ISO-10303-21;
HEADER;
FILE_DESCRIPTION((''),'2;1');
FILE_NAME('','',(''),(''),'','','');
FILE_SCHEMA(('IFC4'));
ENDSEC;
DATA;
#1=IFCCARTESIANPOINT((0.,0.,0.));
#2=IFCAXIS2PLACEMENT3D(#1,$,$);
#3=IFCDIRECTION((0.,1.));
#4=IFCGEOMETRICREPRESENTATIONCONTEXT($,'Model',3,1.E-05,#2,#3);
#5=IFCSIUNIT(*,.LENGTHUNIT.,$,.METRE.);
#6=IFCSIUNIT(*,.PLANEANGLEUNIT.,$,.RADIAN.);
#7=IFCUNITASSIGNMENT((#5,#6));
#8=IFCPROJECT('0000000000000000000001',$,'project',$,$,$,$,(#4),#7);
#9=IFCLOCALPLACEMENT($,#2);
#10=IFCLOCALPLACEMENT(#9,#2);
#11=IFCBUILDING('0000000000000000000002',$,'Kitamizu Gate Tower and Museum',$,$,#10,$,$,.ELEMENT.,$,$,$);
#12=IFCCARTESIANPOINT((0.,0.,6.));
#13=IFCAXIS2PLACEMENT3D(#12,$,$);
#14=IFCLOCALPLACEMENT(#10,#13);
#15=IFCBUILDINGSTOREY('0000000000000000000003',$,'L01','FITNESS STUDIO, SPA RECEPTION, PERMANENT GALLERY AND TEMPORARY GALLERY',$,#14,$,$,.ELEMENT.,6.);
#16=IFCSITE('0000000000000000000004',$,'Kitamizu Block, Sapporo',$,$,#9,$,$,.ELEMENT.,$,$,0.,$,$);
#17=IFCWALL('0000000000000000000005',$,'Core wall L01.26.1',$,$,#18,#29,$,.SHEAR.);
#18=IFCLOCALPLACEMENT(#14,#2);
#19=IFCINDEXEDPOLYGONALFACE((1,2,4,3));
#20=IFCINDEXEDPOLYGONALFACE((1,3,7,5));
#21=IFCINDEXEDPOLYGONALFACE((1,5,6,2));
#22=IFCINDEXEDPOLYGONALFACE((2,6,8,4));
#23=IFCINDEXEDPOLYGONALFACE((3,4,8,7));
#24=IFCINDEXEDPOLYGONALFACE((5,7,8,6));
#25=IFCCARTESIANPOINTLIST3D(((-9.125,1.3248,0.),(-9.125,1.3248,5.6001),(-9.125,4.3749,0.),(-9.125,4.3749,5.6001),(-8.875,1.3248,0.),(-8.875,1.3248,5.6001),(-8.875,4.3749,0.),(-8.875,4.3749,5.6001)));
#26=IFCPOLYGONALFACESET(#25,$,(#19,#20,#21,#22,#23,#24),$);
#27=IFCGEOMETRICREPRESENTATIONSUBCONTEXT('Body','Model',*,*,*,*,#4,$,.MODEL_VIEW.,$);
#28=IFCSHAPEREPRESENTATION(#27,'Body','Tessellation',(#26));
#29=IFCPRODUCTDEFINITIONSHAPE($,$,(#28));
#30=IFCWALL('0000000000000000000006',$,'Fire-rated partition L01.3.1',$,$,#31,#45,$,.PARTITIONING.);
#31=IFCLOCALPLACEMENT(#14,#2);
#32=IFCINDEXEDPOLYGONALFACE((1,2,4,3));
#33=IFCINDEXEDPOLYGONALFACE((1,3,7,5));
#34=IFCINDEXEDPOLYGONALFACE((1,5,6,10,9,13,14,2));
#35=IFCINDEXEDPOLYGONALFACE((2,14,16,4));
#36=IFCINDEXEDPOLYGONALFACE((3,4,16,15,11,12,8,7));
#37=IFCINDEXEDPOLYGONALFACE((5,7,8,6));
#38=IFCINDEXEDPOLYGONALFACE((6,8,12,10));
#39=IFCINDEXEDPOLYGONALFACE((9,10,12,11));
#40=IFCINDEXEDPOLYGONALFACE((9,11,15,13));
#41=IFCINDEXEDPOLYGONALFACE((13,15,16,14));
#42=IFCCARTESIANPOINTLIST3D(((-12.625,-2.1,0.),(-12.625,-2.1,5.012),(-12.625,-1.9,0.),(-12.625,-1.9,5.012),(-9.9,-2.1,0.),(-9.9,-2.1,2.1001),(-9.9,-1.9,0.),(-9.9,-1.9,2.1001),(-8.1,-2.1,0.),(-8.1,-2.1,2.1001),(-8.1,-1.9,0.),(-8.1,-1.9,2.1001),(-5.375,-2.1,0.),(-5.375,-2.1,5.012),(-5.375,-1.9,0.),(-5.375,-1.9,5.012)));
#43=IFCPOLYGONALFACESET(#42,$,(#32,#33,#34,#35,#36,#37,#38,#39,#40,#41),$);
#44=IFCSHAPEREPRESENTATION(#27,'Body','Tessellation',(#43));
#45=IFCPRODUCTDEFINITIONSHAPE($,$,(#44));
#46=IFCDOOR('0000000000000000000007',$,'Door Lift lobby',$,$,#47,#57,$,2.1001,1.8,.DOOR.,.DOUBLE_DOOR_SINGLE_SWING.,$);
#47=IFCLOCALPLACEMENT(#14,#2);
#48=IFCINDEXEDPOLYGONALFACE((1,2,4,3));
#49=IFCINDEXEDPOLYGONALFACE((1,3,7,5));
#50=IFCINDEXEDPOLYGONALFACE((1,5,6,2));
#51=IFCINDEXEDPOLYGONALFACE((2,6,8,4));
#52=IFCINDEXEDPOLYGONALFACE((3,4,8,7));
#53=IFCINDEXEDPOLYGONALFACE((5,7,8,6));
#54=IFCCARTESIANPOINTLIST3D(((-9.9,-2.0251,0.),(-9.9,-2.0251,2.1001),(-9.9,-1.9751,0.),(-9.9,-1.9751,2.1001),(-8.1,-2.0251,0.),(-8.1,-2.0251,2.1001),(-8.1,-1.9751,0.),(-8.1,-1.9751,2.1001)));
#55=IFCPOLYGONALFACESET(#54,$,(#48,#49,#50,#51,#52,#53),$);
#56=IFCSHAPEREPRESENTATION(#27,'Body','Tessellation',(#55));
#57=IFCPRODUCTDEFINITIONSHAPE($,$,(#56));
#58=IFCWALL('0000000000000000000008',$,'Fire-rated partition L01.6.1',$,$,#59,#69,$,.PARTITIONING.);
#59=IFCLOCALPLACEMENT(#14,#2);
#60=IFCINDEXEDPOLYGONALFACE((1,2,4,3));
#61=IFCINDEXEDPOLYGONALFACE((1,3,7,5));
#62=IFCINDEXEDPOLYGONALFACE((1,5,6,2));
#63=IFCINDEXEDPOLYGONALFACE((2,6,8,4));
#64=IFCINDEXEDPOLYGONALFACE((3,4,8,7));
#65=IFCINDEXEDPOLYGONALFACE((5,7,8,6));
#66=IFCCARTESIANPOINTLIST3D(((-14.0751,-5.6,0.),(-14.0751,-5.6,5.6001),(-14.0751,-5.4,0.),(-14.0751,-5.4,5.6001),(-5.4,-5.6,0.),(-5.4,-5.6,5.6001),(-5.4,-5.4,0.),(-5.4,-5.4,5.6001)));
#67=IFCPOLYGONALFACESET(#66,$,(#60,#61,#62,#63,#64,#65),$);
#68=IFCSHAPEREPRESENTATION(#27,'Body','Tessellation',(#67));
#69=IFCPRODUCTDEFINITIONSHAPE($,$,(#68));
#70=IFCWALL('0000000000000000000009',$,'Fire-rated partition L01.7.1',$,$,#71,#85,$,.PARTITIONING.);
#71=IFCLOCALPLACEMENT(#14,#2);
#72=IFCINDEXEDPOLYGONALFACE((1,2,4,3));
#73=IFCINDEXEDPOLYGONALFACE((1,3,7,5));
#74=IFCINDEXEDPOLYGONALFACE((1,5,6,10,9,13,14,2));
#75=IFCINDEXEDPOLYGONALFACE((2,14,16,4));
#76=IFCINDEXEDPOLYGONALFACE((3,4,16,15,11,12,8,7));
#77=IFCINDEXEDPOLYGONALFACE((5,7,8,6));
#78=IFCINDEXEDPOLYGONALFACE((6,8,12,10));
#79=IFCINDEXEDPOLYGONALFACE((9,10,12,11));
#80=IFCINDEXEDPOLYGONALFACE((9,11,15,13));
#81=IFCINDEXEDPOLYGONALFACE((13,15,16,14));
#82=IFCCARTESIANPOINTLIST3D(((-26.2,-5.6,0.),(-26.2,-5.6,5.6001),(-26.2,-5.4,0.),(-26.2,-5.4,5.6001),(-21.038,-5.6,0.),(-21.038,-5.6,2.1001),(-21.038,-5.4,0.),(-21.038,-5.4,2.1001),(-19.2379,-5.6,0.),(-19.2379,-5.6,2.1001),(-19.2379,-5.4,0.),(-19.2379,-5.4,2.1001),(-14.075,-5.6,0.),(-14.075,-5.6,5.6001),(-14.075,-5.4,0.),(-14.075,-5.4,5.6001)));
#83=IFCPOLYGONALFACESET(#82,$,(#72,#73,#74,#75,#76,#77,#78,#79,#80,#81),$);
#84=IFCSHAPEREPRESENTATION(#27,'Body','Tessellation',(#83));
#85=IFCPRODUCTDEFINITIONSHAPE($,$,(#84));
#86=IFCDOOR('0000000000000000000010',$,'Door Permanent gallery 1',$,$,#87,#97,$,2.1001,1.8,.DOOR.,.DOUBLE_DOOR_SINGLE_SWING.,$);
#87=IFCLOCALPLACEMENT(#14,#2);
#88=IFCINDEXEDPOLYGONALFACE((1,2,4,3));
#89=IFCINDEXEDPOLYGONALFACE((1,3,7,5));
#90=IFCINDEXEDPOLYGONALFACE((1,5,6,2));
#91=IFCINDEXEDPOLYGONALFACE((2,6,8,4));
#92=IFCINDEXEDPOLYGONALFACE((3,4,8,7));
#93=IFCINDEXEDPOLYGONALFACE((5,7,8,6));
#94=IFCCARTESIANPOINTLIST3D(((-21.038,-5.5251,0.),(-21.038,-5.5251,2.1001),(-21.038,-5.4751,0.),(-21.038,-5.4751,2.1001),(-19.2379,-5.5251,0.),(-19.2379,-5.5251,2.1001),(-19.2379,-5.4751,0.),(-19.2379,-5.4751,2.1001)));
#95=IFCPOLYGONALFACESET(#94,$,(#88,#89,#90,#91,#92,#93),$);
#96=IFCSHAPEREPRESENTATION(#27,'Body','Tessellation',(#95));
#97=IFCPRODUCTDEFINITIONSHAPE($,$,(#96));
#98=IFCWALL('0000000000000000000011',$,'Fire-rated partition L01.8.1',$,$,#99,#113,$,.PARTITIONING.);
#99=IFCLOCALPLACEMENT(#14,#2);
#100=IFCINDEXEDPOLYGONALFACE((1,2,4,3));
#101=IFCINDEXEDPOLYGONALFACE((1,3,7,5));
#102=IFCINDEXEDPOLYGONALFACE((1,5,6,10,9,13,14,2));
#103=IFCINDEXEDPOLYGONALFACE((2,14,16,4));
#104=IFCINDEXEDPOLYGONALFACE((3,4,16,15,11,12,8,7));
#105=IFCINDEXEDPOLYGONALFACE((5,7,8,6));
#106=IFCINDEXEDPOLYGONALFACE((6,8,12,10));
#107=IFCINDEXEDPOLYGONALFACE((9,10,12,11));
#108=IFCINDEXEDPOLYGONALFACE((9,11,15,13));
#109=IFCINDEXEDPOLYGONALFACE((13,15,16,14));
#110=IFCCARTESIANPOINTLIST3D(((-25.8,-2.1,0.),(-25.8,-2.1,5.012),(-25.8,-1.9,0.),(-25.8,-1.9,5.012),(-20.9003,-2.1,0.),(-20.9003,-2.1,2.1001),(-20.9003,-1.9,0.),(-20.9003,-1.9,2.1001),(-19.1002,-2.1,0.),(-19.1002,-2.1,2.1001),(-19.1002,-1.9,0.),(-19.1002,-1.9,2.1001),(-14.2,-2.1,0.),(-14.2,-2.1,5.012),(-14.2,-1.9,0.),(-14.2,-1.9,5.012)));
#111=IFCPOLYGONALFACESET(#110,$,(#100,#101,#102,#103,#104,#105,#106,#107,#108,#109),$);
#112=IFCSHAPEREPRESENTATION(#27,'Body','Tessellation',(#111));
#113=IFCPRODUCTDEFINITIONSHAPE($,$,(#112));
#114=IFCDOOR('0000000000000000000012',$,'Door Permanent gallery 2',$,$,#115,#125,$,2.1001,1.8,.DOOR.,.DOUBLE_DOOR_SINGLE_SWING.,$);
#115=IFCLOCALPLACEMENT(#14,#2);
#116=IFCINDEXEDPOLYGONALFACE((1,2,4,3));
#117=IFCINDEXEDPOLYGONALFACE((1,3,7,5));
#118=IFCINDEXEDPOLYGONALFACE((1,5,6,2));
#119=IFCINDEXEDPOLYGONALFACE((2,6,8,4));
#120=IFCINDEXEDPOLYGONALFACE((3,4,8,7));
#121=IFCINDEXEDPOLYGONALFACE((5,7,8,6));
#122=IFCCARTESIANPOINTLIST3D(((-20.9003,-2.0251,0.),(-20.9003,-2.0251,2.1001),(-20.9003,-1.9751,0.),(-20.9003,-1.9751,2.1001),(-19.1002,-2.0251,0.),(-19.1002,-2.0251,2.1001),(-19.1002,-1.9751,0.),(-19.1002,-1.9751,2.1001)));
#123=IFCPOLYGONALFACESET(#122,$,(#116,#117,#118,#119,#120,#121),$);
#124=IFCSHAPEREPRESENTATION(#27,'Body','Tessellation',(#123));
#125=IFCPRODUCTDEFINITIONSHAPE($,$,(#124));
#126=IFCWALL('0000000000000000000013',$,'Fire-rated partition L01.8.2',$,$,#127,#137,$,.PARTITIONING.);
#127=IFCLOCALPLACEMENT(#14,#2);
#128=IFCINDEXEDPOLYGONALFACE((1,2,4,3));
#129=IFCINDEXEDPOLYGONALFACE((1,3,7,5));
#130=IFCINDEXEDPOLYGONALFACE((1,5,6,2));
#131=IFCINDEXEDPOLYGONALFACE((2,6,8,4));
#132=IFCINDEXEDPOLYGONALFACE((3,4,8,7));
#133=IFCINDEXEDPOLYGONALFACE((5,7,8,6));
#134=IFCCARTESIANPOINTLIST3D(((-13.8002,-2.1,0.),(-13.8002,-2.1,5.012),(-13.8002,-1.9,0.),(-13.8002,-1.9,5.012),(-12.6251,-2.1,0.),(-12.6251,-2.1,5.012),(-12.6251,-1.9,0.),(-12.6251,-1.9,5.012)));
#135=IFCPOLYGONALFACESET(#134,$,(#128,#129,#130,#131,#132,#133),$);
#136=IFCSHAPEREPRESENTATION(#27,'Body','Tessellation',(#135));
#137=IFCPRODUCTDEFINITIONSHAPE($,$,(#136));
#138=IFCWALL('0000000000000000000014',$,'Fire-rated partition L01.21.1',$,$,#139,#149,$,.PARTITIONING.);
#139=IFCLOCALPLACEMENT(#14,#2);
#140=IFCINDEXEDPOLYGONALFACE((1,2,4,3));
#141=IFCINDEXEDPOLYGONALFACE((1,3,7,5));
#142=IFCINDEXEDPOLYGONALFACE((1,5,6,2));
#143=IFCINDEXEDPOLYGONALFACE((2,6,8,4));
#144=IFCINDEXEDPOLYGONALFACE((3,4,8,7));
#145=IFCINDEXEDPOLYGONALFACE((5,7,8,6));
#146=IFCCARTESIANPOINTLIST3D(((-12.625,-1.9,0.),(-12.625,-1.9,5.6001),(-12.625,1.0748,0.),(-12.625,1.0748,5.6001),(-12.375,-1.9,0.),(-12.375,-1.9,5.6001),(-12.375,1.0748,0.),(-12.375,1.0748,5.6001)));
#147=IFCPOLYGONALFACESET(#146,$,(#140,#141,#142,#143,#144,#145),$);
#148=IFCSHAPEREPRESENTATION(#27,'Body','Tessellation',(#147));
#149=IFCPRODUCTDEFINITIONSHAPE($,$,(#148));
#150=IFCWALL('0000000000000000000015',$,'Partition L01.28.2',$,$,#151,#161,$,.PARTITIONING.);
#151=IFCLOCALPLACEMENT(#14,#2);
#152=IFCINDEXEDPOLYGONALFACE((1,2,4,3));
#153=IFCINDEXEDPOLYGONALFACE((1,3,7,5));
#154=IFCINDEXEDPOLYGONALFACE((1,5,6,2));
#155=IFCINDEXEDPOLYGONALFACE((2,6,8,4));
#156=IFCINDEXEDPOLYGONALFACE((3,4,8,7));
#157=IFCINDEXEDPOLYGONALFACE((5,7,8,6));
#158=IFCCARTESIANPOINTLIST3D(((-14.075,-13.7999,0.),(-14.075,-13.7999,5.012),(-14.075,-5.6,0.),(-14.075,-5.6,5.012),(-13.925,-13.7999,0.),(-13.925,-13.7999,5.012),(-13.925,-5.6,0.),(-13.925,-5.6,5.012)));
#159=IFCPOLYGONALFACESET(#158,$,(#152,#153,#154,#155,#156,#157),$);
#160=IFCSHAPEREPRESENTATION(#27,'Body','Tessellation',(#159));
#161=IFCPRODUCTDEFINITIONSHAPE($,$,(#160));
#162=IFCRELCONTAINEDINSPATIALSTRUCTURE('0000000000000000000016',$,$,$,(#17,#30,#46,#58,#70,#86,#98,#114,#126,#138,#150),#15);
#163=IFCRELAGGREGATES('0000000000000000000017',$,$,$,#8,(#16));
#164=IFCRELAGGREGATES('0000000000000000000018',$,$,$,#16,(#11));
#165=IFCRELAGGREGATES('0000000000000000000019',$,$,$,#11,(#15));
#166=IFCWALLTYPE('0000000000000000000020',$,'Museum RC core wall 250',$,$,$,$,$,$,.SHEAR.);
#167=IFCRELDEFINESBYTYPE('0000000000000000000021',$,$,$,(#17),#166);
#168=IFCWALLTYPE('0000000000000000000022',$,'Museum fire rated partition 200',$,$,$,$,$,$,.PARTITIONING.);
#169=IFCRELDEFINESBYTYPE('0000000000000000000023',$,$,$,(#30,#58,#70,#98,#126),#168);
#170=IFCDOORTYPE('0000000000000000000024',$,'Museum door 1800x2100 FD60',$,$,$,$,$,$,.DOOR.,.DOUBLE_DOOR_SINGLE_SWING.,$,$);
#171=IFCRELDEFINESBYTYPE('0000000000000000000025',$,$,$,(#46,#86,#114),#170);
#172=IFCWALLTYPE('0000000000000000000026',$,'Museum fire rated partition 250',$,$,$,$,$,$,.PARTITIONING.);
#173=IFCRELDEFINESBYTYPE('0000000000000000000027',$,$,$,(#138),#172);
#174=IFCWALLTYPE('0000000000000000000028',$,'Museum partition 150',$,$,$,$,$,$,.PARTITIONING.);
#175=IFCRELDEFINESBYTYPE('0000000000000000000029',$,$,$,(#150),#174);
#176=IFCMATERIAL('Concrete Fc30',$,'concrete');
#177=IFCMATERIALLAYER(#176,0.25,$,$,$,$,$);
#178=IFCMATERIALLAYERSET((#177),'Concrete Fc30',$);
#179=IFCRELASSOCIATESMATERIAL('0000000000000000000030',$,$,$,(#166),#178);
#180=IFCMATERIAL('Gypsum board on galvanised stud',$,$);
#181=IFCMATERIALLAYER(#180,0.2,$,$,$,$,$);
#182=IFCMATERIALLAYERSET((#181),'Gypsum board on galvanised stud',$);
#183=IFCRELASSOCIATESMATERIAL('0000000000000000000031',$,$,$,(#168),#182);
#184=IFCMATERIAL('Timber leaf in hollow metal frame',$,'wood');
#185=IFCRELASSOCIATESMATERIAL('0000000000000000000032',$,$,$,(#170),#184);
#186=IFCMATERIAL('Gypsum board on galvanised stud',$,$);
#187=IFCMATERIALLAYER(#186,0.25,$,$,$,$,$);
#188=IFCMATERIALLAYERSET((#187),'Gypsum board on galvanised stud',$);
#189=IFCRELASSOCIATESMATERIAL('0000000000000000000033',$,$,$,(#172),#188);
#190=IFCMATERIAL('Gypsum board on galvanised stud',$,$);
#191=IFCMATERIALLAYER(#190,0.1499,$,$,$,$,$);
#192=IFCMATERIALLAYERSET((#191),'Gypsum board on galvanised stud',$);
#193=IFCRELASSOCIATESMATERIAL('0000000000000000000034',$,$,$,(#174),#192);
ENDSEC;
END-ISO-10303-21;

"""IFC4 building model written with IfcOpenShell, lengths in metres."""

from ifc_helpers import new_model, si_unit, direction, frame, frame_2d, origin, place, context, subcontext, project, spatial, rectangle, extrude, material, layer, layer_set, type_object, element, fill, save


model = new_model("IFC4")

# Units and contexts
model_context = context("Model", 3, precision=1e-05, world=origin(), true_north=direction((0.0, 1.0)))
body_context = subcontext(model_context, "Body", "Model", "MODEL_VIEW")
ifc_project = project(units=[si_unit("LENGTHUNIT", "METRE"), si_unit("PLANEANGLEUNIT", "RADIAN")], contexts=[model_context])

# Site, building, storey
site_placement = place(None, origin())
site = spatial("IfcSite", under=ifc_project, at=site_placement, Name="Kitamizu Block, Sapporo", CompositionType="ELEMENT", RefElevation=0.0)
building_placement = place(site_placement, origin())
building = spatial("IfcBuilding", under=site, at=building_placement, Name="Kitamizu Gate Tower and Museum", CompositionType="ELEMENT")
storey_placement = place(building_placement, frame((0.0, 0.0, 6.0)))
storey = spatial("IfcBuildingStorey", under=building, at=storey_placement, Name="L01", Description="FITNESS STUDIO, SPA RECEPTION, PERMANENT GALLERY AND TEMPORARY GALLERY", CompositionType="ELEMENT", Elevation=6.0)

# Shared definitions
ifc_material_1 = material(Name="Concrete Fc30", Category="concrete")
ifc_layer_1 = layer(ifc_material_1, 0.25)
ifc_layer_set_1 = layer_set([ifc_layer_1], Name="Concrete Fc30")
wall_type_1 = type_object("IfcWallType", Name="Museum RC core wall 250", PredefinedType="SHEAR", material=ifc_layer_set_1)

# Wall
for number, where, z_axis, x_axis, name in (
    (1, (-9.0, 1.325, 0.0), (0.0, 0.0, 1.0), (0.0, 1.0, 0.0), "Core wall L01.26.1"),
):
    element("IfcWall", number, at=place(storey_placement, frame(where, z_axis=z_axis, x_axis=x_axis)), inside=storey, type_object=wall_type_1, Name=name, PredefinedType="SHEAR", context=body_context, shape_type="SweptSolid", body=[
        extrude(rectangle(XDim=3.05, YDim=0.25, at=frame_2d((1.5249, 0.0))), origin(), (0.0, 0.0, 1.0), 5.6001),
    ])

# Wall, opening, door
ifc_material_2 = material(Name="Gypsum board on galvanised stud")
ifc_layer_2 = layer(ifc_material_2, 0.2)
ifc_layer_set_2 = layer_set([ifc_layer_2], Name="Gypsum board on galvanised stud")
wall_type_2 = type_object("IfcWallType", Name="Museum fire rated partition 200", PredefinedType="PARTITIONING", material=ifc_layer_set_2)
wall_1_placement = place(storey_placement, frame((-12.625, -2.0, 0.0), z_axis=(0.0, 0.0, 1.0), x_axis=(1.0, 0.0, 0.0)))
wall_1 = element("IfcWall", 2, at=wall_1_placement, inside=storey, type_object=wall_type_2, Name="Fire-rated partition L01.3.1", PredefinedType="PARTITIONING", context=body_context, shape_type="SweptSolid", body=[
    extrude(rectangle(XDim=7.25, YDim=0.2, at=frame_2d((3.625, 0.0))), origin(), (0.0, 0.0, 1.0), 5.012),
])
opening_1_placement = place(wall_1_placement, frame((2.7251, 0.0, 0.0)))
opening_1 = element("IfcOpeningElement", 3, at=opening_1_placement, cuts=wall_1, PredefinedType="OPENING", context=body_context, shape_type="SweptSolid", body=[
    extrude(rectangle(XDim=1.8, YDim=2.1001, at=frame_2d((0.8999, 1.05))), frame((0.0, 0.1099, 0.0), z_axis=(0.0, -1.0, 0.0), x_axis=(1.0, 0.0, 0.0)), (0.0, 0.0, 1.0), 0.22),
])
ifc_material_3 = material(Name="Timber leaf in hollow metal frame", Category="wood")
door_type_1 = type_object("IfcDoorType", Name="Museum door 1800x2100 FD60", OperationType="DOUBLE_DOOR_SINGLE_SWING", PredefinedType="DOOR", material=ifc_material_3)
door_1_placement = place(opening_1_placement, origin())
door_1 = element("IfcDoor", 4, at=door_1_placement, inside=storey, type_object=door_type_1, Name="Door Lift lobby", OperationType="DOUBLE_DOOR_SINGLE_SWING", OverallHeight=2.1001, OverallWidth=1.8, PredefinedType="DOOR", context=body_context, shape_type="SweptSolid", body=[
    extrude(rectangle(XDim=1.8, YDim=2.1001, at=frame_2d((0.8999, 1.05))), frame((0.0, 0.0249, 0.0), z_axis=(0.0, -1.0, 0.0), x_axis=(1.0, 0.0, 0.0)), (0.0, 0.0, 1.0), 0.05),
])
fill(opening_1, door_1)

# Wall
wall_2_placement = place(storey_placement, frame((-14.075, -5.5, 0.0), z_axis=(0.0, 0.0, 1.0), x_axis=(1.0, 0.0, 0.0)))
element("IfcWall", 5, at=wall_2_placement, inside=storey, type_object=wall_type_2, Name="Fire-rated partition L01.6.1", PredefinedType="PARTITIONING", context=body_context, shape_type="SweptSolid", body=[
    extrude(rectangle(XDim=8.675, YDim=0.2, at=frame_2d((4.3374, 0.0))), origin(), (0.0, 0.0, 1.0), 5.6001),
])

# Walls, openings, doors
wall_3_placement = place(storey_placement, frame((-26.2, -5.5, 0.0), z_axis=(0.0, 0.0, 1.0), x_axis=(1.0, 0.0, 0.0)))
wall_3 = element("IfcWall", 6, at=wall_3_placement, inside=storey, type_object=wall_type_2, Name="Fire-rated partition L01.7.1", PredefinedType="PARTITIONING", context=body_context, shape_type="SweptSolid", body=[
    extrude(rectangle(XDim=12.125, YDim=0.2, at=frame_2d((6.0625, 0.0))), origin(), (0.0, 0.0, 1.0), 5.6001),
])
opening_2_placement = place(wall_3_placement, frame((5.1621, 0.0, 0.0)))
opening_2 = element("IfcOpeningElement", 7, at=opening_2_placement, cuts=wall_3, PredefinedType="OPENING", context=body_context, shape_type="SweptSolid", body=[
    extrude(rectangle(XDim=1.8, YDim=2.1001, at=frame_2d((0.8999, 1.05))), frame((0.0, 0.1099, 0.0), z_axis=(0.0, -1.0, 0.0), x_axis=(1.0, 0.0, 0.0)), (0.0, 0.0, 1.0), 0.22),
])
door_2_placement = place(opening_2_placement, origin())
door_2 = element("IfcDoor", 8, at=door_2_placement, inside=storey, type_object=door_type_1, Name="Door Permanent gallery 1", OperationType="DOUBLE_DOOR_SINGLE_SWING", OverallHeight=2.1001, OverallWidth=1.8, PredefinedType="DOOR", context=body_context, shape_type="SweptSolid", body=[
    extrude(rectangle(XDim=1.8, YDim=2.1001, at=frame_2d((0.8999, 1.05))), frame((0.0, 0.0249, 0.0), z_axis=(0.0, -1.0, 0.0), x_axis=(1.0, 0.0, 0.0)), (0.0, 0.0, 1.0), 0.05),
])
fill(opening_2, door_2)
wall_4_placement = place(storey_placement, frame((-25.8, -2.0, 0.0), z_axis=(0.0, 0.0, 1.0), x_axis=(1.0, 0.0, 0.0)))
wall_4 = element("IfcWall", 9, at=wall_4_placement, inside=storey, type_object=wall_type_2, Name="Fire-rated partition L01.8.1", PredefinedType="PARTITIONING", context=body_context, shape_type="SweptSolid", body=[
    extrude(rectangle(XDim=11.6001, YDim=0.2, at=frame_2d((5.8, 0.0))), origin(), (0.0, 0.0, 1.0), 5.012),
])
opening_3_placement = place(wall_4_placement, frame((4.8999, 0.0, 0.0)))
opening_3 = element("IfcOpeningElement", 10, at=opening_3_placement, cuts=wall_4, PredefinedType="OPENING", context=body_context, shape_type="SweptSolid", body=[
    extrude(rectangle(XDim=1.8, YDim=2.1001, at=frame_2d((0.8999, 1.05))), frame((0.0, 0.1099, 0.0), z_axis=(0.0, -1.0, 0.0), x_axis=(1.0, 0.0, 0.0)), (0.0, 0.0, 1.0), 0.22),
])
door_3_placement = place(opening_3_placement, origin())
door_3 = element("IfcDoor", 11, at=door_3_placement, inside=storey, type_object=door_type_1, Name="Door Permanent gallery 2", OperationType="DOUBLE_DOOR_SINGLE_SWING", OverallHeight=2.1001, OverallWidth=1.8, PredefinedType="DOOR", context=body_context, shape_type="SweptSolid", body=[
    extrude(rectangle(XDim=1.8, YDim=2.1001, at=frame_2d((0.8999, 1.05))), frame((0.0, 0.0249, 0.0), z_axis=(0.0, -1.0, 0.0), x_axis=(1.0, 0.0, 0.0)), (0.0, 0.0, 1.0), 0.05),
])
fill(opening_3, door_3)

# Walls
wall_5_placement = place(storey_placement, frame((-13.8, -2.0, 0.0), z_axis=(0.0, 0.0, 1.0), x_axis=(1.0, 0.0, 0.0)))
element("IfcWall", 12, at=wall_5_placement, inside=storey, type_object=wall_type_2, Name="Fire-rated partition L01.8.2", PredefinedType="PARTITIONING", context=body_context, shape_type="SweptSolid", body=[
    extrude(rectangle(XDim=1.175, YDim=0.2, at=frame_2d((0.5874, 0.0))), origin(), (0.0, 0.0, 1.0), 5.012),
])
ifc_material_4 = material(Name="Gypsum board on galvanised stud")
ifc_layer_3 = layer(ifc_material_4, 0.25)
ifc_layer_set_3 = layer_set([ifc_layer_3], Name="Gypsum board on galvanised stud")
wall_type_3 = type_object("IfcWallType", Name="Museum fire rated partition 250", PredefinedType="PARTITIONING", material=ifc_layer_set_3)
wall_6_placement = place(storey_placement, frame((-12.5, -1.8999, 0.0), z_axis=(0.0, 0.0, 1.0), x_axis=(0.0, 1.0, 0.0)))
element("IfcWall", 13, at=wall_6_placement, inside=storey, type_object=wall_type_3, Name="Fire-rated partition L01.21.1", PredefinedType="PARTITIONING", context=body_context, shape_type="SweptSolid", body=[
    extrude(rectangle(XDim=2.9749, YDim=0.25, at=frame_2d((1.4873, 0.0))), origin(), (0.0, 0.0, 1.0), 5.6001),
])
ifc_material_5 = material(Name="Gypsum board on galvanised stud")
ifc_layer_4 = layer(ifc_material_5, 0.1499)
ifc_layer_set_4 = layer_set([ifc_layer_4], Name="Gypsum board on galvanised stud")
wall_type_4 = type_object("IfcWallType", Name="Museum partition 150", PredefinedType="PARTITIONING", material=ifc_layer_set_4)
wall_7_placement = place(storey_placement, frame((-14.0, -13.8, 0.0), z_axis=(0.0, 0.0, 1.0), x_axis=(0.0, 1.0, 0.0)))
element("IfcWall", 14, at=wall_7_placement, inside=storey, type_object=wall_type_4, Name="Partition L01.28.2", PredefinedType="PARTITIONING", context=body_context, shape_type="SweptSolid", body=[
    extrude(rectangle(XDim=8.2, YDim=0.1499, at=frame_2d((4.1001, 0.0))), origin(), (0.0, 0.0, 1.0), 5.012),
])

save(model, "model.ifc")
